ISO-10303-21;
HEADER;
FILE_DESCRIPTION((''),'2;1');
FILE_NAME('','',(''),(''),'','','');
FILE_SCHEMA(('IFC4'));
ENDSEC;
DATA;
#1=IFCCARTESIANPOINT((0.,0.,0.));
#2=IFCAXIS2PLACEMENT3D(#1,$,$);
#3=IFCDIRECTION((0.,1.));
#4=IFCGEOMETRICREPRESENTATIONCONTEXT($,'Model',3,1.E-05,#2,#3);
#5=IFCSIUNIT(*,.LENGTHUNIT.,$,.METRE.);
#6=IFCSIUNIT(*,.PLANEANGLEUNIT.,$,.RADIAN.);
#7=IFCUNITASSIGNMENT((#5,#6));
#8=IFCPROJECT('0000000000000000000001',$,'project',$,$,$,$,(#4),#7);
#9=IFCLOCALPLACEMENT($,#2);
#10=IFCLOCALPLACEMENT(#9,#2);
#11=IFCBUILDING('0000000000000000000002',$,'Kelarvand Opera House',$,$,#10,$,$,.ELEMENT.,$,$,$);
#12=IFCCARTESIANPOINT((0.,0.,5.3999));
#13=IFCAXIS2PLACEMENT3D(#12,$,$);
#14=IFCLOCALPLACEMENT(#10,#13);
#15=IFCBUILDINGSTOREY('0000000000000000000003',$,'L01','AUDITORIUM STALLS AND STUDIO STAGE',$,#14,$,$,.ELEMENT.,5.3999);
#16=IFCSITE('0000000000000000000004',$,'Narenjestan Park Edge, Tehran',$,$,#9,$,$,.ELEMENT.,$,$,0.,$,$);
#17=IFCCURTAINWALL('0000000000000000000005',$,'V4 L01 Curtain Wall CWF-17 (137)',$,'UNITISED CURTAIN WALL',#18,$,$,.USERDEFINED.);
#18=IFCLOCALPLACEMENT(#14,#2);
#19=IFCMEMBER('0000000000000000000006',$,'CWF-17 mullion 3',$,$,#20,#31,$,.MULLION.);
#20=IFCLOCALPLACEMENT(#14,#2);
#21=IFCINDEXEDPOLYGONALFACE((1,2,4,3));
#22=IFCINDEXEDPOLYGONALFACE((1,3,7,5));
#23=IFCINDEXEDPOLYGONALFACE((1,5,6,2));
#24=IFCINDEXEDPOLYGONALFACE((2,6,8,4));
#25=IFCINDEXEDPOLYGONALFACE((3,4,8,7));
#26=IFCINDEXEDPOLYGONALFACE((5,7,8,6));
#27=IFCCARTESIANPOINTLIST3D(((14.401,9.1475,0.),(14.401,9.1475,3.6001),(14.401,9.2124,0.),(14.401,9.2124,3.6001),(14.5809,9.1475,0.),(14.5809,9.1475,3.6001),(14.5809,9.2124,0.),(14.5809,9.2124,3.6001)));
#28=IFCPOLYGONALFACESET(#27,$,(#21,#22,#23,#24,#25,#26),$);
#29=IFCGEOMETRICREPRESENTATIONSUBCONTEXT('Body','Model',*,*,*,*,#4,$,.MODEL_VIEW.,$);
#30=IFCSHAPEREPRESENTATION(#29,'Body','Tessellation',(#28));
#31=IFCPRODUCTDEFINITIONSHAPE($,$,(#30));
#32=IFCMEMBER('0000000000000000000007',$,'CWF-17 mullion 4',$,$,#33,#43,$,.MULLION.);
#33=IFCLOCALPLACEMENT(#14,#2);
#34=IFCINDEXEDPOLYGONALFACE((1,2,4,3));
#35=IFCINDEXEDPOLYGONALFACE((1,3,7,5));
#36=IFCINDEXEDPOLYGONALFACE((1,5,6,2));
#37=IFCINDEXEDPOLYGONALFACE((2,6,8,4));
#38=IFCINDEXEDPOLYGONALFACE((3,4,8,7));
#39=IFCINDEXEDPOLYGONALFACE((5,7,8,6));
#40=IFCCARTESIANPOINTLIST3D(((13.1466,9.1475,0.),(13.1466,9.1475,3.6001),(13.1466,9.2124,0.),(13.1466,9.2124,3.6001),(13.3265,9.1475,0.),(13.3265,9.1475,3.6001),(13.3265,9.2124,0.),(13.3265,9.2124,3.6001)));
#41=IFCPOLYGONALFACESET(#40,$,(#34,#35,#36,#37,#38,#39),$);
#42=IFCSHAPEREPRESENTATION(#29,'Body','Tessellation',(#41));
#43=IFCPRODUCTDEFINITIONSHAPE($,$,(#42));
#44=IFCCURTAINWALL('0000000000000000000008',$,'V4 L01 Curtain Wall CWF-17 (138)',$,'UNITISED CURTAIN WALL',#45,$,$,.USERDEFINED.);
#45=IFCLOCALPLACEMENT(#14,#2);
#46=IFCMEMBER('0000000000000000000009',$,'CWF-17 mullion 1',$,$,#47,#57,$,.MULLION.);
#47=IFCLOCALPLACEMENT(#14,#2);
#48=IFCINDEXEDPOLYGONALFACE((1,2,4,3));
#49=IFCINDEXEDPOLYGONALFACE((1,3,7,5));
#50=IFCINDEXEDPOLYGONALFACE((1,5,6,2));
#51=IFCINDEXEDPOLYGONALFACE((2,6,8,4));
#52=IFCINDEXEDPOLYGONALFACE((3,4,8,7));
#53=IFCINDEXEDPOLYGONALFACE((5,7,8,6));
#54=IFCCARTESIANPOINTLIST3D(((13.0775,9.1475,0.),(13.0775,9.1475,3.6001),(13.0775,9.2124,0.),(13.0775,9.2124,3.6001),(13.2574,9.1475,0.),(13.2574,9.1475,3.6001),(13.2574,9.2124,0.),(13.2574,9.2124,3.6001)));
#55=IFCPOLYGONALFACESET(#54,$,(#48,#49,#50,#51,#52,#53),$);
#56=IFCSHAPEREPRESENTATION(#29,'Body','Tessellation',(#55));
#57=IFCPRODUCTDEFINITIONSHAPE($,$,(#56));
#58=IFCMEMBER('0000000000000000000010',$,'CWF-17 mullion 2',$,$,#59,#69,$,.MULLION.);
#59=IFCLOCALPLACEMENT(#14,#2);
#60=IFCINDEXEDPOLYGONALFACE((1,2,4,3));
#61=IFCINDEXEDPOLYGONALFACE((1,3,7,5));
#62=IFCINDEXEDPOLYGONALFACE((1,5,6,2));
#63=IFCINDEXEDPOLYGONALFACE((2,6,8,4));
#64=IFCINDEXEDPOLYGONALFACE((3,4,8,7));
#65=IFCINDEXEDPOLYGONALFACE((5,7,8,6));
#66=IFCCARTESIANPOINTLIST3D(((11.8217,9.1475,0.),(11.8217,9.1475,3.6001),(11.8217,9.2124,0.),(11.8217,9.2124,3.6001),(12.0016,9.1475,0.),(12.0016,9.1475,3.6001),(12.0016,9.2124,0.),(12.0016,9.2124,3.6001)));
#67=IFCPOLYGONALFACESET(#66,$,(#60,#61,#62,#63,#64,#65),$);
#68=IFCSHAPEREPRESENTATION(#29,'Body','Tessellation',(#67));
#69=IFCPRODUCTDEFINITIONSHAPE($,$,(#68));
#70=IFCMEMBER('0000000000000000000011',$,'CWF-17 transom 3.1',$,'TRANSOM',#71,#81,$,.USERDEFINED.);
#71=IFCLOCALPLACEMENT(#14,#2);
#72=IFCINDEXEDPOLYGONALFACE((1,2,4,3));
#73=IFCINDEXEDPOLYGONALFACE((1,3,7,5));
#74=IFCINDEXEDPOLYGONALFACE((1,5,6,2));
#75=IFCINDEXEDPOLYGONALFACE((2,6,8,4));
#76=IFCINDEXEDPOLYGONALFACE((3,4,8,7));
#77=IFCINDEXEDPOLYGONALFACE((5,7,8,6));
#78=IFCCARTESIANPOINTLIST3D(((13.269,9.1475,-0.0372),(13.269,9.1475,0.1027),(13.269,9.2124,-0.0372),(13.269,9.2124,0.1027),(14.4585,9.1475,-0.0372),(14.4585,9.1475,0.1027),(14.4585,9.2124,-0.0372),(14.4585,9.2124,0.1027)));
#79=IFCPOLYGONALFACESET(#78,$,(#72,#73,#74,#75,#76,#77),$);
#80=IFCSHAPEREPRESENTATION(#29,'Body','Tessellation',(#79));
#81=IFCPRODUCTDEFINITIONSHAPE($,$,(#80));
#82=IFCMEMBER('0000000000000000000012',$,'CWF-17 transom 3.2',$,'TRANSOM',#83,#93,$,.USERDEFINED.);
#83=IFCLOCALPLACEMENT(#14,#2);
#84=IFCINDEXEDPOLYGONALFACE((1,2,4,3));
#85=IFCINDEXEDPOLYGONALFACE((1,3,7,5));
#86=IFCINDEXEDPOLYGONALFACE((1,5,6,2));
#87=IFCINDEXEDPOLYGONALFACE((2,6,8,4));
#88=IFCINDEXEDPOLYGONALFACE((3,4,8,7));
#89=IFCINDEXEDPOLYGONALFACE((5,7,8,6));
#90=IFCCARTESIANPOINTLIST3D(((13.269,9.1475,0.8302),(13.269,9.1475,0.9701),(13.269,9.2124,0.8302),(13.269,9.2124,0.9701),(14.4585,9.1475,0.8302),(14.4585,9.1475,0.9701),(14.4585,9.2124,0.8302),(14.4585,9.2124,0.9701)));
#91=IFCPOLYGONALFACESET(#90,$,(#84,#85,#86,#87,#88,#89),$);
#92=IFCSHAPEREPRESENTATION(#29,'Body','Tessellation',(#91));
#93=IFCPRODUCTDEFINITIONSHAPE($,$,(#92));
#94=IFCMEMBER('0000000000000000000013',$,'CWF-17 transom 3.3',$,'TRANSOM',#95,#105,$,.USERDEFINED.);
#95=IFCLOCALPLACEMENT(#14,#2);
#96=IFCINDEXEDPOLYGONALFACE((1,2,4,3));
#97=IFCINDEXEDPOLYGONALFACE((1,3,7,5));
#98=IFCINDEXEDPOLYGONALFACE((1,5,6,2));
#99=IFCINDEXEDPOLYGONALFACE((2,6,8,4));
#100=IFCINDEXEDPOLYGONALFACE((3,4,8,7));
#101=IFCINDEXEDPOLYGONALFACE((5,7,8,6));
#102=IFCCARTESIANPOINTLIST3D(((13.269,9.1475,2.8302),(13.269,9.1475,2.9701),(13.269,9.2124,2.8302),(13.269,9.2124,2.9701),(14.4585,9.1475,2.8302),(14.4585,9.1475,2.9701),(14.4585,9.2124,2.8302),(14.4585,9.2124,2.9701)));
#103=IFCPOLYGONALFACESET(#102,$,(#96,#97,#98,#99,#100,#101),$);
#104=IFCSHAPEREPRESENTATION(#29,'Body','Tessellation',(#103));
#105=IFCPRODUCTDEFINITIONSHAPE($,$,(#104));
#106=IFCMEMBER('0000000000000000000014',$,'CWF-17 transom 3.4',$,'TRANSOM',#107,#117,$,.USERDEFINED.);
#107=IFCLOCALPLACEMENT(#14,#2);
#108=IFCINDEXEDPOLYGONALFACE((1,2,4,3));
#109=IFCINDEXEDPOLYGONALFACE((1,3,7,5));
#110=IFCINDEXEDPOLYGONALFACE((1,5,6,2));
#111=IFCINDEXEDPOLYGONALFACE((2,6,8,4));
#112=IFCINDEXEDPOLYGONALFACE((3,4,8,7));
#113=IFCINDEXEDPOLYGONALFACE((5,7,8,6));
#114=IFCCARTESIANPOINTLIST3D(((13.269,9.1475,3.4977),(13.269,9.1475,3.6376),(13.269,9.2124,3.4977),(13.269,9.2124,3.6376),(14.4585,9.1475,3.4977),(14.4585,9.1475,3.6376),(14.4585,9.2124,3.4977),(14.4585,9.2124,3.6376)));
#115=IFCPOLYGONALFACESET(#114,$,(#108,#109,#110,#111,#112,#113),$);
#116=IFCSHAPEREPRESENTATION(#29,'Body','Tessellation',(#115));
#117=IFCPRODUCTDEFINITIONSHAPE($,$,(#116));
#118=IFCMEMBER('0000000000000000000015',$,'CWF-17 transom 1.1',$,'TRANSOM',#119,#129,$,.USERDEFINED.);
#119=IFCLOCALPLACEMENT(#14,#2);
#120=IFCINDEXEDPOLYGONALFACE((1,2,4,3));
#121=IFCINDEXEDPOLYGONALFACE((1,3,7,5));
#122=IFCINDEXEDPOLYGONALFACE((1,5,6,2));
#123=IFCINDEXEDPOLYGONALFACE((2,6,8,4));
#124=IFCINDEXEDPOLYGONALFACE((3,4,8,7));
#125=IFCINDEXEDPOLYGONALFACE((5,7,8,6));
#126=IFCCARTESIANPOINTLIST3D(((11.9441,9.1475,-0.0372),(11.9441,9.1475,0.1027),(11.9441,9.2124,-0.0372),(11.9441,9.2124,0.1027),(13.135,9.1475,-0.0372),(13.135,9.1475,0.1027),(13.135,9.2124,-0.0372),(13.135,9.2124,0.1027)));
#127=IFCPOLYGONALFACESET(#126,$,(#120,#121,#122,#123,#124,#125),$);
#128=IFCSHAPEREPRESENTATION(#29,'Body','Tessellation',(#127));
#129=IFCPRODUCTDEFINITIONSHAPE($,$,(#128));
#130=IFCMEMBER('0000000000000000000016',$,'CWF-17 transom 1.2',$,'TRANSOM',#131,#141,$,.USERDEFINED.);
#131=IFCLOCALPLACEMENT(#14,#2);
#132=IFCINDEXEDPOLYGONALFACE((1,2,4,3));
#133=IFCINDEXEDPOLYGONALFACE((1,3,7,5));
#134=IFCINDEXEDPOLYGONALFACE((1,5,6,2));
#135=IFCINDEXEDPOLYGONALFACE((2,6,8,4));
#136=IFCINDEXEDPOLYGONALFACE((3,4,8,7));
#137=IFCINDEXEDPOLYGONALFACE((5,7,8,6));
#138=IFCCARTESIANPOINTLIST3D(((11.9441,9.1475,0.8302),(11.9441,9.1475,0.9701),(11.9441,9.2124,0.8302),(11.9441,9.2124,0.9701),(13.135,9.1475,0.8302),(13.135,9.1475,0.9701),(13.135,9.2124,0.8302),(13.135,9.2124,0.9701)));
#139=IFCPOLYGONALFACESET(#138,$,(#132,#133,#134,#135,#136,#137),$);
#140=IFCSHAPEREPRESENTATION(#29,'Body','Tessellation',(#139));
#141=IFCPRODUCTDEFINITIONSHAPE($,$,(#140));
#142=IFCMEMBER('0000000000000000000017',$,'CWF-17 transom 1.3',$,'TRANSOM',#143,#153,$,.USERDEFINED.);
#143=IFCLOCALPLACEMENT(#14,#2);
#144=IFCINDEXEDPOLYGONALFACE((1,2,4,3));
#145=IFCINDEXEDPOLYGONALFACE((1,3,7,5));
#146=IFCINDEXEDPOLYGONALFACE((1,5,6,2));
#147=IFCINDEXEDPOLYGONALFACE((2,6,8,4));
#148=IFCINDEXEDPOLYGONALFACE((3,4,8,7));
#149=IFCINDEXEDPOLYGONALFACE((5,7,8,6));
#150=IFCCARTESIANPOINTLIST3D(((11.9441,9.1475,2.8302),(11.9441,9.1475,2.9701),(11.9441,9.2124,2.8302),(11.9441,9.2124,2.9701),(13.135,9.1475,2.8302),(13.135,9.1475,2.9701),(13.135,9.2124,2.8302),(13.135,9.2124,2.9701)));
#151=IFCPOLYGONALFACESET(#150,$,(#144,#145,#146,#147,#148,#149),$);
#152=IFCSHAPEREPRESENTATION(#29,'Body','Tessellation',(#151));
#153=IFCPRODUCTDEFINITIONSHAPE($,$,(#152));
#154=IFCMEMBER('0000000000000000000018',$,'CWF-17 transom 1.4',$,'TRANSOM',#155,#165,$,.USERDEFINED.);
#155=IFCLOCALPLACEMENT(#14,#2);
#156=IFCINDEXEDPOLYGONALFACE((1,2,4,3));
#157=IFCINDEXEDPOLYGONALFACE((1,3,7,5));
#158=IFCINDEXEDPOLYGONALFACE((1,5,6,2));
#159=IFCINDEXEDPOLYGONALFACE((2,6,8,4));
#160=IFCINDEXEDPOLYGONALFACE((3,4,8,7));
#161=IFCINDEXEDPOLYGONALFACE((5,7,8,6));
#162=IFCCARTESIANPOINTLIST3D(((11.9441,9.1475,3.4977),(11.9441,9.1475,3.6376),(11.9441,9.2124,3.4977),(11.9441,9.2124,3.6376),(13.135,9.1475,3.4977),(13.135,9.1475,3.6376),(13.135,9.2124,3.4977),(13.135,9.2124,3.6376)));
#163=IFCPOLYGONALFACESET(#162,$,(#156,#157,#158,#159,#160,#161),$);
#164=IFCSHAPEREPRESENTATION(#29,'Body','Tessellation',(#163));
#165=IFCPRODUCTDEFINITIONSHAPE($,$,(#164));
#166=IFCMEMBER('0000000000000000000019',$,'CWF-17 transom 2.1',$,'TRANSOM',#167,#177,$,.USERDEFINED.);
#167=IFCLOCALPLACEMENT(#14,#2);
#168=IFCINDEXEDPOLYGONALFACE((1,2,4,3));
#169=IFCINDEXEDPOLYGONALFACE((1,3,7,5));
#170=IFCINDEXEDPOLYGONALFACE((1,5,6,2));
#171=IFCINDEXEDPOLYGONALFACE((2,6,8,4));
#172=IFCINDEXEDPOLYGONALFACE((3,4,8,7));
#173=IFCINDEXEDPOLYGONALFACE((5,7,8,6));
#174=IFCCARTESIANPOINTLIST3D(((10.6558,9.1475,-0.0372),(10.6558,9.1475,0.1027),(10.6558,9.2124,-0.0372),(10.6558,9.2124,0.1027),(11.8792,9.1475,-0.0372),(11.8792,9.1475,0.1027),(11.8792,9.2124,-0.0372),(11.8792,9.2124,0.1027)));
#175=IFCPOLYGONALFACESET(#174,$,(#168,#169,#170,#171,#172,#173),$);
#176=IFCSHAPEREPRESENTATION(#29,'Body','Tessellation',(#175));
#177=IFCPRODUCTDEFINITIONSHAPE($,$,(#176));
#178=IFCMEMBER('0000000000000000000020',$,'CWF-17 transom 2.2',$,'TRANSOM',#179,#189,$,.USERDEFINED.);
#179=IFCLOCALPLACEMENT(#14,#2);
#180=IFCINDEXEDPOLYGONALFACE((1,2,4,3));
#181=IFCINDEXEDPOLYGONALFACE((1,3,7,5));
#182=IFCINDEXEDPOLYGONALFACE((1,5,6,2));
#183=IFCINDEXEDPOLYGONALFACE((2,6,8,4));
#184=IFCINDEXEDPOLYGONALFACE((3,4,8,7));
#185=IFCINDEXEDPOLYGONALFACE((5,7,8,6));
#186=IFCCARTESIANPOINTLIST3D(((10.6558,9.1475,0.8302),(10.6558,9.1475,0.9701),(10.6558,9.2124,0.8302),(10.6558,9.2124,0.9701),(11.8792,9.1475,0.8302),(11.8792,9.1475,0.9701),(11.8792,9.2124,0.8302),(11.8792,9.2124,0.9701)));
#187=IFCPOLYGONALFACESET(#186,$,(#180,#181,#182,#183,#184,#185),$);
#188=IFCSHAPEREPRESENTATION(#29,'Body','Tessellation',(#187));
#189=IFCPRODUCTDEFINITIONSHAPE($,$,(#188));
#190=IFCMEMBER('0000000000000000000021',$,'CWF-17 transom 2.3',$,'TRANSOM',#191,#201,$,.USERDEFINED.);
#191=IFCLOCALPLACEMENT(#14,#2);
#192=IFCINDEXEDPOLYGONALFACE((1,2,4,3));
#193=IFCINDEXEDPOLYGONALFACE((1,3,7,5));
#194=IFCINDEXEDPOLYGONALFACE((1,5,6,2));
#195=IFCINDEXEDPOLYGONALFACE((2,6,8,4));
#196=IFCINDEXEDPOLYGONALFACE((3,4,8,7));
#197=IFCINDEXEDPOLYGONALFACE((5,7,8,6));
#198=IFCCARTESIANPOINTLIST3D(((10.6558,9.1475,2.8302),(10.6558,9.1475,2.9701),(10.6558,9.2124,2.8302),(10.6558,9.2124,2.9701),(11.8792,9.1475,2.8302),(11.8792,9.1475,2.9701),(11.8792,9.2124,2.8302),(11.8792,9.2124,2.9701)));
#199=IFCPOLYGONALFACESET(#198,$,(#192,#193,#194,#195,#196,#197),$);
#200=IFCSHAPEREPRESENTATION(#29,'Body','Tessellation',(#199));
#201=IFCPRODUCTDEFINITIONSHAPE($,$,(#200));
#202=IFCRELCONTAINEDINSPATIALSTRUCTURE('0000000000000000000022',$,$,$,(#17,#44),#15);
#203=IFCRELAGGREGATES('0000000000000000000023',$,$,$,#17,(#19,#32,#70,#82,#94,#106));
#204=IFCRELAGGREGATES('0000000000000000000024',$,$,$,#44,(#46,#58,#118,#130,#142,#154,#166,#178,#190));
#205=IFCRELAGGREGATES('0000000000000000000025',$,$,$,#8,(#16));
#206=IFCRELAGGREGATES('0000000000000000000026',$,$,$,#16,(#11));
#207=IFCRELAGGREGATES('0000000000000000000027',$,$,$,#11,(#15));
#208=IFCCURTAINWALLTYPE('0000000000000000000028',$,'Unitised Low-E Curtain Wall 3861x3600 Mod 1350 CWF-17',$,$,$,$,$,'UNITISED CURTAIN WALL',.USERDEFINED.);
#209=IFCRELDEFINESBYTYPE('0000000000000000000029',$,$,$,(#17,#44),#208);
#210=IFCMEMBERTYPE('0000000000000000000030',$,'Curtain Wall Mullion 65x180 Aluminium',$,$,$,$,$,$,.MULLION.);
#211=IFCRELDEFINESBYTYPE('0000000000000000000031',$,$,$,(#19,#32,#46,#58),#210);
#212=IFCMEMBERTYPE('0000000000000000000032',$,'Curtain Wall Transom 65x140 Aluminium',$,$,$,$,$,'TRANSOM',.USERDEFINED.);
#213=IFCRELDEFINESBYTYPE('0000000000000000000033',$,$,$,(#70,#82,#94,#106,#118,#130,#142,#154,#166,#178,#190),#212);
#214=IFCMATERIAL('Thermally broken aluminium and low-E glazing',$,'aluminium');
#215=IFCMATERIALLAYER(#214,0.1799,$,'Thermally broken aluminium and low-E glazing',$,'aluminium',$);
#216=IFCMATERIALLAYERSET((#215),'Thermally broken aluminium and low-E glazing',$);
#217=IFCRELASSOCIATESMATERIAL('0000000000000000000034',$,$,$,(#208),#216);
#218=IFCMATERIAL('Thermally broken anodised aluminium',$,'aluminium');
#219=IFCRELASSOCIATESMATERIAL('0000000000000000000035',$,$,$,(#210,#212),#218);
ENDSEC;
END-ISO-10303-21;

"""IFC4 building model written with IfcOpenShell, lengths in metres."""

from ifc_helpers import new_model, si_unit, direction, frame, origin, origin_2d, place, context, subcontext, project, spatial, rectangle, extrude, material, layer, layer_set, material_profile, profile_set, type_object, element, aggregate, save


model = new_model("IFC4")

# Units and contexts
model_context = context("Model", 3, precision=1e-05, world=origin(), true_north=direction((0.0, 1.0)))
body_context = subcontext(model_context, "Body", "Model", "MODEL_VIEW")
ifc_project = project(units=[si_unit("LENGTHUNIT", "METRE"), si_unit("PLANEANGLEUNIT", "RADIAN")], contexts=[model_context])

# Site, building, storey
site_placement = place(None, origin())
site = spatial("IfcSite", under=ifc_project, at=site_placement, Name="Narenjestan Park Edge, Tehran", CompositionType="ELEMENT", RefElevation=0.0)
building_placement = place(site_placement, origin())
building = spatial("IfcBuilding", under=site, at=building_placement, Name="Kelarvand Opera House", CompositionType="ELEMENT")
storey_placement = place(building_placement, frame((0.0, 0.0, 5.3999)))
storey = spatial("IfcBuildingStorey", under=building, at=storey_placement, Name="L01", Description="AUDITORIUM STALLS AND STUDIO STAGE", CompositionType="ELEMENT", Elevation=5.3999)

# Curtain walls, members
ifc_material_1 = material(Name="Thermally broken aluminium and low-E glazing", Category="aluminium")
ifc_layer_1 = layer(ifc_material_1, 0.1799, Name="Thermally broken aluminium and low-E glazing", Category="aluminium")
ifc_layer_set_1 = layer_set([ifc_layer_1], Name="Thermally broken aluminium and low-E glazing")
curtain_wall_type = type_object("IfcCurtainWallType", Name="Unitised Low-E Curtain Wall 3861x3600 Mod 1350 CWF-17", ElementType="UNITISED CURTAIN WALL", PredefinedType="USERDEFINED", material=ifc_layer_set_1)
curtain_wall_1_placement = place(storey_placement, origin())
curtain_wall_1 = element("IfcCurtainWall", 1, at=curtain_wall_1_placement, inside=storey, type_object=curtain_wall_type, Name="V4 L01 Curtain Wall CWF-17 (137)", ObjectType="UNITISED CURTAIN WALL", PredefinedType="USERDEFINED")
ifc_material_2 = material(Name="Thermally broken anodised aluminium", Category="aluminium")
ifc_material_profile_1 = material_profile(ifc_material_2, rectangle(XDim=0.0649, YDim=0.1799, at=origin_2d()), Name="ALU MULLION 65x180", Category="aluminium")
ifc_profile_set_1 = profile_set([ifc_material_profile_1], Name="Thermally broken anodised aluminium")
member_type_1 = type_object("IfcMemberType", Name="Curtain Wall Mullion 65x180 Aluminium", PredefinedType="MULLION", material=ifc_profile_set_1)
member_1_placement = place(storey_placement, frame((14.491, 9.1799, 0.0), z_axis=(0.0, 0.0, 1.0), x_axis=(0.0, -1.0, 0.0)))
member_1 = element("IfcMember", 2, at=member_1_placement, type_object=member_type_1, Name="CWF-17 mullion 3", PredefinedType="MULLION", context=body_context, shape_type="SweptSolid", body=[
    extrude(rectangle(XDim=0.0649, YDim=0.1799, at=origin_2d()), origin(), (0.0, 0.0, 1.0), 3.6001),
])
member_2_placement = place(storey_placement, frame((13.2366, 9.1799, 0.0), z_axis=(0.0, 0.0, 1.0), x_axis=(0.0, -1.0, 0.0)))
member_2 = element("IfcMember", 3, at=member_2_placement, type_object=member_type_1, Name="CWF-17 mullion 4", PredefinedType="MULLION", context=body_context, shape_type="SweptSolid", body=[
    extrude(rectangle(XDim=0.0649, YDim=0.1799, at=origin_2d()), origin(), (0.0, 0.0, 1.0), 3.6001),
])
curtain_wall_2_placement = place(storey_placement, origin())
curtain_wall_2 = element("IfcCurtainWall", 4, at=curtain_wall_2_placement, inside=storey, type_object=curtain_wall_type, Name="V4 L01 Curtain Wall CWF-17 (138)", ObjectType="UNITISED CURTAIN WALL", PredefinedType="USERDEFINED")
member_3_placement = place(storey_placement, frame((13.1675, 9.1799, 0.0), z_axis=(0.0, 0.0, 1.0), x_axis=(0.0, -1.0, 0.0)))
member_3 = element("IfcMember", 5, at=member_3_placement, type_object=member_type_1, Name="CWF-17 mullion 1", PredefinedType="MULLION", context=body_context, shape_type="SweptSolid", body=[
    extrude(rectangle(XDim=0.0649, YDim=0.1799, at=origin_2d()), origin(), (0.0, 0.0, 1.0), 3.6001),
])
member_4_placement = place(storey_placement, frame((11.9116, 9.1799, 0.0), z_axis=(0.0, 0.0, 1.0), x_axis=(0.0, -1.0, 0.0)))
member_4 = element("IfcMember", 6, at=member_4_placement, type_object=member_type_1, Name="CWF-17 mullion 2", PredefinedType="MULLION", context=body_context, shape_type="SweptSolid", body=[
    extrude(rectangle(XDim=0.0649, YDim=0.1799, at=origin_2d()), origin(), (0.0, 0.0, 1.0), 3.6001),
])

# Members
ifc_material_profile_2 = material_profile(ifc_material_2, rectangle(XDim=0.0649, YDim=0.1399, at=origin_2d()), Name="ALU TRANSOM 65x140", Category="aluminium")
ifc_profile_set_2 = profile_set([ifc_material_profile_2], Name="Thermally broken anodised aluminium")
member_type_2 = type_object("IfcMemberType", Name="Curtain Wall Transom 65x140 Aluminium", ElementType="TRANSOM", PredefinedType="USERDEFINED", material=ifc_profile_set_2)
member_5_placement = place(storey_placement, frame((14.4585, 9.1799, 0.0327), z_axis=(-1.0, 0.0, 0.0), x_axis=(0.0, -1.0, 0.0)))
member_5 = element("IfcMember", 7, at=member_5_placement, type_object=member_type_2, Name="CWF-17 transom 3.1", ObjectType="TRANSOM", PredefinedType="USERDEFINED", context=body_context, shape_type="SweptSolid", body=[
    extrude(rectangle(XDim=0.0649, YDim=0.1399, at=origin_2d()), origin(), (0.0, 0.0, 1.0), 1.1895),
])
member_6_placement = place(storey_placement, frame((14.4585, 9.1799, 0.9001), z_axis=(-1.0, 0.0, 0.0), x_axis=(0.0, -1.0, 0.0)))
member_6 = element("IfcMember", 8, at=member_6_placement, type_object=member_type_2, Name="CWF-17 transom 3.2", ObjectType="TRANSOM", PredefinedType="USERDEFINED", context=body_context, shape_type="SweptSolid", body=[
    extrude(rectangle(XDim=0.0649, YDim=0.1399, at=origin_2d()), origin(), (0.0, 0.0, 1.0), 1.1895),
])
member_7_placement = place(storey_placement, frame((14.4585, 9.1799, 2.9001), z_axis=(-1.0, 0.0, 0.0), x_axis=(0.0, -1.0, 0.0)))
member_7 = element("IfcMember", 9, at=member_7_placement, type_object=member_type_2, Name="CWF-17 transom 3.3", ObjectType="TRANSOM", PredefinedType="USERDEFINED", context=body_context, shape_type="SweptSolid", body=[
    extrude(rectangle(XDim=0.0649, YDim=0.1399, at=origin_2d()), origin(), (0.0, 0.0, 1.0), 1.1895),
])
member_8_placement = place(storey_placement, frame((14.4585, 9.1799, 3.5676), z_axis=(-1.0, 0.0, 0.0), x_axis=(0.0, -1.0, 0.0)))
member_8 = element("IfcMember", 10, at=member_8_placement, type_object=member_type_2, Name="CWF-17 transom 3.4", ObjectType="TRANSOM", PredefinedType="USERDEFINED", context=body_context, shape_type="SweptSolid", body=[
    extrude(rectangle(XDim=0.0649, YDim=0.1399, at=origin_2d()), origin(), (0.0, 0.0, 1.0), 1.1895),
])
member_9_placement = place(storey_placement, frame((13.135, 9.1799, 0.0327), z_axis=(-1.0, 0.0, 0.0), x_axis=(0.0, -1.0, 0.0)))
member_9 = element("IfcMember", 11, at=member_9_placement, type_object=member_type_2, Name="CWF-17 transom 1.1", ObjectType="TRANSOM", PredefinedType="USERDEFINED", context=body_context, shape_type="SweptSolid", body=[
    extrude(rectangle(XDim=0.0649, YDim=0.1399, at=origin_2d()), origin(), (0.0, 0.0, 1.0), 1.1909),
])
member_10_placement = place(storey_placement, frame((13.135, 9.1799, 0.9001), z_axis=(-1.0, 0.0, 0.0), x_axis=(0.0, -1.0, 0.0)))
member_10 = element("IfcMember", 12, at=member_10_placement, type_object=member_type_2, Name="CWF-17 transom 1.2", ObjectType="TRANSOM", PredefinedType="USERDEFINED", context=body_context, shape_type="SweptSolid", body=[
    extrude(rectangle(XDim=0.0649, YDim=0.1399, at=origin_2d()), origin(), (0.0, 0.0, 1.0), 1.1909),
])
member_11_placement = place(storey_placement, frame((13.135, 9.1799, 2.9001), z_axis=(-1.0, 0.0, 0.0), x_axis=(0.0, -1.0, 0.0)))
member_11 = element("IfcMember", 13, at=member_11_placement, type_object=member_type_2, Name="CWF-17 transom 1.3", ObjectType="TRANSOM", PredefinedType="USERDEFINED", context=body_context, shape_type="SweptSolid", body=[
    extrude(rectangle(XDim=0.0649, YDim=0.1399, at=origin_2d()), origin(), (0.0, 0.0, 1.0), 1.1909),
])
member_12_placement = place(storey_placement, frame((13.135, 9.1799, 3.5676), z_axis=(-1.0, 0.0, 0.0), x_axis=(0.0, -1.0, 0.0)))
member_12 = element("IfcMember", 14, at=member_12_placement, type_object=member_type_2, Name="CWF-17 transom 1.4", ObjectType="TRANSOM", PredefinedType="USERDEFINED", context=body_context, shape_type="SweptSolid", body=[
    extrude(rectangle(XDim=0.0649, YDim=0.1399, at=origin_2d()), origin(), (0.0, 0.0, 1.0), 1.1909),
])
member_13_placement = place(storey_placement, frame((11.8792, 9.1799, 0.0327), z_axis=(-1.0, 0.0, 0.0), x_axis=(0.0, -1.0, 0.0)))
member_13 = element("IfcMember", 15, at=member_13_placement, type_object=member_type_2, Name="CWF-17 transom 2.1", ObjectType="TRANSOM", PredefinedType="USERDEFINED", context=body_context, shape_type="SweptSolid", body=[
    extrude(rectangle(XDim=0.0649, YDim=0.1399, at=origin_2d()), origin(), (0.0, 0.0, 1.0), 1.2234),
])
member_14_placement = place(storey_placement, frame((11.8792, 9.1799, 0.9001), z_axis=(-1.0, 0.0, 0.0), x_axis=(0.0, -1.0, 0.0)))
member_14 = element("IfcMember", 16, at=member_14_placement, type_object=member_type_2, Name="CWF-17 transom 2.2", ObjectType="TRANSOM", PredefinedType="USERDEFINED", context=body_context, shape_type="SweptSolid", body=[
    extrude(rectangle(XDim=0.0649, YDim=0.1399, at=origin_2d()), origin(), (0.0, 0.0, 1.0), 1.2234),
])
member_15_placement = place(storey_placement, frame((11.8792, 9.1799, 2.9001), z_axis=(-1.0, 0.0, 0.0), x_axis=(0.0, -1.0, 0.0)))
member_15 = element("IfcMember", 17, at=member_15_placement, type_object=member_type_2, Name="CWF-17 transom 2.3", ObjectType="TRANSOM", PredefinedType="USERDEFINED", context=body_context, shape_type="SweptSolid", body=[
    extrude(rectangle(XDim=0.0649, YDim=0.1399, at=origin_2d()), origin(), (0.0, 0.0, 1.0), 1.2234),
])

aggregate(curtain_wall_1, [member_1, member_2, member_5, member_6, member_7, member_8])
aggregate(curtain_wall_2, [member_3, member_4, member_9, member_10, member_11, member_12, member_13, member_14, member_15])

save(model, "model.ifc")
